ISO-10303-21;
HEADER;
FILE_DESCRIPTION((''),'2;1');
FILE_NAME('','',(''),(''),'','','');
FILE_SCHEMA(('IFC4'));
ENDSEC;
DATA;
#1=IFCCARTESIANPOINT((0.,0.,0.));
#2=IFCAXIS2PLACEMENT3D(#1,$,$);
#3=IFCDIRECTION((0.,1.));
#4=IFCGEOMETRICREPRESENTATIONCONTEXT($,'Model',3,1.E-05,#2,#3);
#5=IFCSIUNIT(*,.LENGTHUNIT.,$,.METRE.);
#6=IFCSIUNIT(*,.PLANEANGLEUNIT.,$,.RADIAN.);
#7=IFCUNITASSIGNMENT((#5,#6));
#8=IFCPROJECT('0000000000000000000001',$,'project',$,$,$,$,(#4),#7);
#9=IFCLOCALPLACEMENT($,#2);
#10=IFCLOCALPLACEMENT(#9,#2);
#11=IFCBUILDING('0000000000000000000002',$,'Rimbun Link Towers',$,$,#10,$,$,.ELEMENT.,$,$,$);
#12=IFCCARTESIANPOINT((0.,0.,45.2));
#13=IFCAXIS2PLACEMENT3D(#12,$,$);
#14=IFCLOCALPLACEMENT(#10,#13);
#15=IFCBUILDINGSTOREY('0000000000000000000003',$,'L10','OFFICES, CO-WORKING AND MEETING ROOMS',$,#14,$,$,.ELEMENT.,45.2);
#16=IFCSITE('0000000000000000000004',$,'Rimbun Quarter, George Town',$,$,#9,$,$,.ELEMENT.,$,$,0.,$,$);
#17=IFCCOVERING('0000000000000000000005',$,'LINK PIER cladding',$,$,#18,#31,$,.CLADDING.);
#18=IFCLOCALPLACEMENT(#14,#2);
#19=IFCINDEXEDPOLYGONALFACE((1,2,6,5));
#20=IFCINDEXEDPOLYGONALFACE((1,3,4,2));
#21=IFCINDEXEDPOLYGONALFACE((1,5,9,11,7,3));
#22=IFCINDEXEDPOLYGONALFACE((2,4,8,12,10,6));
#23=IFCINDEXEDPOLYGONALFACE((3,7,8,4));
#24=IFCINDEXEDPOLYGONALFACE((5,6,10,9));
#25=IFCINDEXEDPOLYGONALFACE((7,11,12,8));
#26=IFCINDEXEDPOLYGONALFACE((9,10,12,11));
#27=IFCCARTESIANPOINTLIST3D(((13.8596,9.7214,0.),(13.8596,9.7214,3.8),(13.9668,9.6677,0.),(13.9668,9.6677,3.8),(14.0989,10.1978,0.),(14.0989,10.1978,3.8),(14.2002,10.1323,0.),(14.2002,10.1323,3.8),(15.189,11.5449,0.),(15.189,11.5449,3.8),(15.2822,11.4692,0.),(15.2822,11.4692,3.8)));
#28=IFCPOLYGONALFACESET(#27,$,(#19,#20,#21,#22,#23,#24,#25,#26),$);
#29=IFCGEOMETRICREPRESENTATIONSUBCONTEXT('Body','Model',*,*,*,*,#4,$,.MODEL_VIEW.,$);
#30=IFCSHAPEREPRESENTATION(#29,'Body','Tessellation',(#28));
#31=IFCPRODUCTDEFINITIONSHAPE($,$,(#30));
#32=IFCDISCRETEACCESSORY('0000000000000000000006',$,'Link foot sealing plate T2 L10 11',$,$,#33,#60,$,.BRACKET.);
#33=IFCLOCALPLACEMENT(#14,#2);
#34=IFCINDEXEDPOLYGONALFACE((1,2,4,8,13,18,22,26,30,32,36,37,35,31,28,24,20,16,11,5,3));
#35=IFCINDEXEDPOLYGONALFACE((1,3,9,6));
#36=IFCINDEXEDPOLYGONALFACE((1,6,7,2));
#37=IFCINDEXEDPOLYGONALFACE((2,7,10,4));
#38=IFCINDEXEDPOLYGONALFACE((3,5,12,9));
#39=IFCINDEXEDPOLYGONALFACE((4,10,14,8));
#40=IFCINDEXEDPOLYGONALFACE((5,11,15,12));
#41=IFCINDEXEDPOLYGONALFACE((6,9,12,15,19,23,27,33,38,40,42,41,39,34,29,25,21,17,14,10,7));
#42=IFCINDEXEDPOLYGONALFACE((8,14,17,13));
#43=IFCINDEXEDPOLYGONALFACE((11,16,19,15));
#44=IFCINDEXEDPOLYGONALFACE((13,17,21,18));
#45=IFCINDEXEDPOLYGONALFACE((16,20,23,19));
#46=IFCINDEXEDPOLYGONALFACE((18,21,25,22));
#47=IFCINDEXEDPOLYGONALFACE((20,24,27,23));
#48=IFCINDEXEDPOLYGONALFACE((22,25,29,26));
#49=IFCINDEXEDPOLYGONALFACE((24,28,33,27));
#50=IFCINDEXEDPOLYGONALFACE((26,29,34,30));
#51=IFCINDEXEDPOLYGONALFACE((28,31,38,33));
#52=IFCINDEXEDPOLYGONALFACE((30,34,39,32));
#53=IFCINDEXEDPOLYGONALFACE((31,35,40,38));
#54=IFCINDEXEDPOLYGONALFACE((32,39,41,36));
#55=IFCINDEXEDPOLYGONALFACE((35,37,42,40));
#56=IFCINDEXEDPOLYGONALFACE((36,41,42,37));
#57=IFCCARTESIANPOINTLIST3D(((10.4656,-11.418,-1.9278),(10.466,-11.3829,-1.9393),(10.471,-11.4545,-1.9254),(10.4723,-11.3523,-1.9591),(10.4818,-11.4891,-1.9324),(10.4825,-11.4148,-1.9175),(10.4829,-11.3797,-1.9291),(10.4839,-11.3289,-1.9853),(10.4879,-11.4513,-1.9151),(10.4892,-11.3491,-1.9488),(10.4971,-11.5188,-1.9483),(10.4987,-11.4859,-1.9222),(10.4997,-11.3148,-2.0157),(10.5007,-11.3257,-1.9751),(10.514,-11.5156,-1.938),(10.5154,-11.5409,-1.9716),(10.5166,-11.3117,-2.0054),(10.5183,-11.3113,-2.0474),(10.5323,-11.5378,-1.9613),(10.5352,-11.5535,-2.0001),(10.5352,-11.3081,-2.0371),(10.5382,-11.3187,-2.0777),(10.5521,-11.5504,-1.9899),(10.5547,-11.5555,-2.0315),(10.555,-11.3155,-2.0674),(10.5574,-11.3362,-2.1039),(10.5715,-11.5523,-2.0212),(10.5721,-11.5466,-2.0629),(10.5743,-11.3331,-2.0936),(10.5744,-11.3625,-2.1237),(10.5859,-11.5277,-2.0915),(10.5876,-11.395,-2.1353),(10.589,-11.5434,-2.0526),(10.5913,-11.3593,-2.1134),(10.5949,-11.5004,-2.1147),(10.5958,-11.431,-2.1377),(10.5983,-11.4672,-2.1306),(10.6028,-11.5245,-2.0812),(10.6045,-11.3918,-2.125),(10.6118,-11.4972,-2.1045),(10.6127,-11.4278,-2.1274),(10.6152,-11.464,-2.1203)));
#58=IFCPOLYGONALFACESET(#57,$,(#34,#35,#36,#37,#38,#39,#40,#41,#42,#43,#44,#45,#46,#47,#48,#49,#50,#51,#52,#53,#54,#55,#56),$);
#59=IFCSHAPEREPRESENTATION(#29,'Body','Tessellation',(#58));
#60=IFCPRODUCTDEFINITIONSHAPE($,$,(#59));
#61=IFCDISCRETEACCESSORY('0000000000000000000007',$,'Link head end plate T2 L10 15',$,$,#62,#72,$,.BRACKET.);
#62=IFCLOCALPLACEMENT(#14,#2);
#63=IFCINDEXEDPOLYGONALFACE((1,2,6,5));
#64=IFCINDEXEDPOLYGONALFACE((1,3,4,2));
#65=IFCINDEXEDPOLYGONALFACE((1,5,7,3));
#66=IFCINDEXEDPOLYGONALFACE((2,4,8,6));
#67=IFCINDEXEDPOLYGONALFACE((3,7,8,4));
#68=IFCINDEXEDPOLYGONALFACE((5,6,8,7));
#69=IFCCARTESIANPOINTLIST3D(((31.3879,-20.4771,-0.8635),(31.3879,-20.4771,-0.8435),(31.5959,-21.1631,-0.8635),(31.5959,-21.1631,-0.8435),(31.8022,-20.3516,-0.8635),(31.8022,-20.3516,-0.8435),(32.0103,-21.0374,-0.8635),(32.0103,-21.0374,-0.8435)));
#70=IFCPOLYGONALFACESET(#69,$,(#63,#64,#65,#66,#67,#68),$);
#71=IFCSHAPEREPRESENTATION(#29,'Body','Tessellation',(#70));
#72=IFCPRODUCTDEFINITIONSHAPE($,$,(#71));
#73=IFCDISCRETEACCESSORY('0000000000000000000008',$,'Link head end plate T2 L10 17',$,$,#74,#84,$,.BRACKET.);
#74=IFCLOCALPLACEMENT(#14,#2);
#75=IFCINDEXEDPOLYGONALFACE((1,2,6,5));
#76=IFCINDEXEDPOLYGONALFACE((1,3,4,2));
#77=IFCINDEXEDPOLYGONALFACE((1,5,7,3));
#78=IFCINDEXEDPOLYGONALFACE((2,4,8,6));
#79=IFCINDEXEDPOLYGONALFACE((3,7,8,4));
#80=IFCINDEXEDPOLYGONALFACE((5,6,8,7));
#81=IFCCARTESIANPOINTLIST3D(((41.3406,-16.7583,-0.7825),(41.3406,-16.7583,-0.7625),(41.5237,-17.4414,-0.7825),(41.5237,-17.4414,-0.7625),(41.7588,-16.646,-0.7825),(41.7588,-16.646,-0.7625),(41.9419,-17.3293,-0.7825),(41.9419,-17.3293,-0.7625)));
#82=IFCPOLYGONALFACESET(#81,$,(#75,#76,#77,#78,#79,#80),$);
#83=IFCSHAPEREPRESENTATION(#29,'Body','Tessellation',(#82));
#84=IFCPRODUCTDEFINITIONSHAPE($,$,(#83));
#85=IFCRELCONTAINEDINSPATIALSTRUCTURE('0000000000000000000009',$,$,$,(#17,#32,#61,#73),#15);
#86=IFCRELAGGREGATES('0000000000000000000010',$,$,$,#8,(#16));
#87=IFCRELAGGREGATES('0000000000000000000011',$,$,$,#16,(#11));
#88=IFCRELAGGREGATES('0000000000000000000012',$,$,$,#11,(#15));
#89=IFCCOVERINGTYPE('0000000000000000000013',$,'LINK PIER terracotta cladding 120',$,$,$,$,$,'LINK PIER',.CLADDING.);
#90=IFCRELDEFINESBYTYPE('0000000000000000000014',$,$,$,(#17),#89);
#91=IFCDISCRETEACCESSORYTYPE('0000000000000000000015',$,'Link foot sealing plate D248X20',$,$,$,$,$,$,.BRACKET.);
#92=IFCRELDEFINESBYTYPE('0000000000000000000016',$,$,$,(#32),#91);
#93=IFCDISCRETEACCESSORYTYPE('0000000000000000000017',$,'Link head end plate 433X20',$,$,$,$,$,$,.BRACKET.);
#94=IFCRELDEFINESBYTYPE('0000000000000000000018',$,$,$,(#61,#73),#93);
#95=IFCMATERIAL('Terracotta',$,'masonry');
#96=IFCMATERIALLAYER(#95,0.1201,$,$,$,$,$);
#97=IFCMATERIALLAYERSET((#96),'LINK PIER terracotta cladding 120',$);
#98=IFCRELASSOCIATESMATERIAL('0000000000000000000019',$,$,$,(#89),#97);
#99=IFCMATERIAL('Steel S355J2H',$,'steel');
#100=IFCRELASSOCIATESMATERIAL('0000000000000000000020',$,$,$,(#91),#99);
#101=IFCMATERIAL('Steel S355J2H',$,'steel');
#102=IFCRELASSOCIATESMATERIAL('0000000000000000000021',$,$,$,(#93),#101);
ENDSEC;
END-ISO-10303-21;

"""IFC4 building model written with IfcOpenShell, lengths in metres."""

from ifc_helpers import new_model, si_unit, direction, frame, origin, origin_2d, place, context, subcontext, project, spatial, polyline, rectangle, circle, outline, extrude, material, layer, layer_set, material_profile, profile_set, type_object, element, save


model = new_model("IFC4")

# Units and contexts
model_context = context("Model", 3, precision=1e-05, world=origin(), true_north=direction((0.0, 1.0)))
body_context = subcontext(model_context, "Body", "Model", "MODEL_VIEW")
ifc_project = project(units=[si_unit("LENGTHUNIT", "METRE"), si_unit("PLANEANGLEUNIT", "RADIAN")], contexts=[model_context])

# Site, building, storey
site_placement = place(None, origin())
site = spatial("IfcSite", under=ifc_project, at=site_placement, Name="Rimbun Quarter, George Town", CompositionType="ELEMENT", RefElevation=0.0)
building_placement = place(site_placement, origin())
building = spatial("IfcBuilding", under=site, at=building_placement, Name="Rimbun Link Towers", CompositionType="ELEMENT")
storey_placement = place(building_placement, frame((0.0, 0.0, 45.2)))
storey = spatial("IfcBuildingStorey", under=building, at=storey_placement, Name="L10", Description="OFFICES, CO-WORKING AND MEETING ROOMS", CompositionType="ELEMENT", Elevation=45.2)

# Covering
ifc_material_1 = material(Name="Terracotta", Category="masonry")
ifc_layer_1 = layer(ifc_material_1, 0.1201)
ifc_layer_set_1 = layer_set([ifc_layer_1], Name="LINK PIER terracotta cladding 120")
covering_type_1 = type_object("IfcCoveringType", Name="LINK PIER terracotta cladding 120", ElementType="LINK PIER", PredefinedType="CLADDING", material=ifc_layer_set_1)
covering_1_placement = place(storey_placement, origin())
element("IfcCovering", 1, at=covering_1_placement, inside=storey, type_object=covering_type_1, Name="LINK PIER cladding", PredefinedType="CLADDING", context=body_context, shape_type="SweptSolid", body=[
    extrude(outline(polyline([(13.9668, 9.6677), (14.2002, 10.1323), (15.2822, 11.4692), (15.189, 11.5449), (14.0989, 10.1978), (13.8596, 9.7214), (13.9668, 9.6677)])), origin(), (0.0, 0.0, 1.0), 3.8),
])

# Discrete accessories
ifc_material_2 = material(Name="Steel S355J2H", Category="steel")
ifc_material_profile_1 = material_profile(ifc_material_2, circle(Radius=0.124, at=origin_2d()), Name="PL D248")
ifc_profile_set_1 = profile_set([ifc_material_profile_1], Name="Steel S355J2H")
discrete_accessory_type_1 = type_object("IfcDiscreteAccessoryType", Name="Link foot sealing plate D248X20", PredefinedType="BRACKET", material=ifc_profile_set_1)
discrete_accessory_1_placement = place(storey_placement, frame((10.5486, -11.4304, -2.0212), z_axis=(-0.843347, -0.158891, -0.513342), x_axis=(0.185148, -0.982711, 0.0)))
element("IfcDiscreteAccessory", 2, at=discrete_accessory_1_placement, inside=storey, type_object=discrete_accessory_type_1, Name="Link foot sealing plate T2 L10 11", PredefinedType="BRACKET", context=body_context, shape_type="SweptSolid", body=[
    extrude(circle(Radius=0.124, at=origin_2d()), origin(), (0.0, 0.0, 1.0), 0.02),
])
ifc_material_3 = material(Name="Steel S355J2H", Category="steel")
ifc_material_profile_2 = material_profile(ifc_material_3, rectangle(XDim=0.4331, YDim=0.4331, at=origin_2d()), Name="PL 433x433")
ifc_profile_set_2 = profile_set([ifc_material_profile_2], Name="Steel S355J2H")
discrete_accessory_type_2 = type_object("IfcDiscreteAccessoryType", Name="Link head end plate 433X20", PredefinedType="BRACKET", material=ifc_profile_set_2)
discrete_accessory_2_placement = place(storey_placement, frame((0.0, 0.0, -0.8635)))
element("IfcDiscreteAccessory", 3, at=discrete_accessory_2_placement, inside=storey, type_object=discrete_accessory_type_2, Name="Link head end plate T2 L10 15", PredefinedType="BRACKET", context=body_context, shape_type="SweptSolid", body=[
    extrude(outline(polyline([(31.3879, -20.4771), (31.5959, -21.1631), (32.0103, -21.0374), (31.8022, -20.3516), (31.3879, -20.4771)])), origin(), (0.0, 0.0, 1.0), 0.02),
])
discrete_accessory_3_placement = place(storey_placement, frame((0.0, 0.0, -0.7825)))
element("IfcDiscreteAccessory", 4, at=discrete_accessory_3_placement, inside=storey, type_object=discrete_accessory_type_2, Name="Link head end plate T2 L10 17", PredefinedType="BRACKET", context=body_context, shape_type="SweptSolid", body=[
    extrude(outline(polyline([(41.3406, -16.7583), (41.5237, -17.4414), (41.9419, -17.3293), (41.7588, -16.646), (41.3406, -16.7583)])), origin(), (0.0, 0.0, 1.0), 0.02),
])

save(model, "model.ifc")
